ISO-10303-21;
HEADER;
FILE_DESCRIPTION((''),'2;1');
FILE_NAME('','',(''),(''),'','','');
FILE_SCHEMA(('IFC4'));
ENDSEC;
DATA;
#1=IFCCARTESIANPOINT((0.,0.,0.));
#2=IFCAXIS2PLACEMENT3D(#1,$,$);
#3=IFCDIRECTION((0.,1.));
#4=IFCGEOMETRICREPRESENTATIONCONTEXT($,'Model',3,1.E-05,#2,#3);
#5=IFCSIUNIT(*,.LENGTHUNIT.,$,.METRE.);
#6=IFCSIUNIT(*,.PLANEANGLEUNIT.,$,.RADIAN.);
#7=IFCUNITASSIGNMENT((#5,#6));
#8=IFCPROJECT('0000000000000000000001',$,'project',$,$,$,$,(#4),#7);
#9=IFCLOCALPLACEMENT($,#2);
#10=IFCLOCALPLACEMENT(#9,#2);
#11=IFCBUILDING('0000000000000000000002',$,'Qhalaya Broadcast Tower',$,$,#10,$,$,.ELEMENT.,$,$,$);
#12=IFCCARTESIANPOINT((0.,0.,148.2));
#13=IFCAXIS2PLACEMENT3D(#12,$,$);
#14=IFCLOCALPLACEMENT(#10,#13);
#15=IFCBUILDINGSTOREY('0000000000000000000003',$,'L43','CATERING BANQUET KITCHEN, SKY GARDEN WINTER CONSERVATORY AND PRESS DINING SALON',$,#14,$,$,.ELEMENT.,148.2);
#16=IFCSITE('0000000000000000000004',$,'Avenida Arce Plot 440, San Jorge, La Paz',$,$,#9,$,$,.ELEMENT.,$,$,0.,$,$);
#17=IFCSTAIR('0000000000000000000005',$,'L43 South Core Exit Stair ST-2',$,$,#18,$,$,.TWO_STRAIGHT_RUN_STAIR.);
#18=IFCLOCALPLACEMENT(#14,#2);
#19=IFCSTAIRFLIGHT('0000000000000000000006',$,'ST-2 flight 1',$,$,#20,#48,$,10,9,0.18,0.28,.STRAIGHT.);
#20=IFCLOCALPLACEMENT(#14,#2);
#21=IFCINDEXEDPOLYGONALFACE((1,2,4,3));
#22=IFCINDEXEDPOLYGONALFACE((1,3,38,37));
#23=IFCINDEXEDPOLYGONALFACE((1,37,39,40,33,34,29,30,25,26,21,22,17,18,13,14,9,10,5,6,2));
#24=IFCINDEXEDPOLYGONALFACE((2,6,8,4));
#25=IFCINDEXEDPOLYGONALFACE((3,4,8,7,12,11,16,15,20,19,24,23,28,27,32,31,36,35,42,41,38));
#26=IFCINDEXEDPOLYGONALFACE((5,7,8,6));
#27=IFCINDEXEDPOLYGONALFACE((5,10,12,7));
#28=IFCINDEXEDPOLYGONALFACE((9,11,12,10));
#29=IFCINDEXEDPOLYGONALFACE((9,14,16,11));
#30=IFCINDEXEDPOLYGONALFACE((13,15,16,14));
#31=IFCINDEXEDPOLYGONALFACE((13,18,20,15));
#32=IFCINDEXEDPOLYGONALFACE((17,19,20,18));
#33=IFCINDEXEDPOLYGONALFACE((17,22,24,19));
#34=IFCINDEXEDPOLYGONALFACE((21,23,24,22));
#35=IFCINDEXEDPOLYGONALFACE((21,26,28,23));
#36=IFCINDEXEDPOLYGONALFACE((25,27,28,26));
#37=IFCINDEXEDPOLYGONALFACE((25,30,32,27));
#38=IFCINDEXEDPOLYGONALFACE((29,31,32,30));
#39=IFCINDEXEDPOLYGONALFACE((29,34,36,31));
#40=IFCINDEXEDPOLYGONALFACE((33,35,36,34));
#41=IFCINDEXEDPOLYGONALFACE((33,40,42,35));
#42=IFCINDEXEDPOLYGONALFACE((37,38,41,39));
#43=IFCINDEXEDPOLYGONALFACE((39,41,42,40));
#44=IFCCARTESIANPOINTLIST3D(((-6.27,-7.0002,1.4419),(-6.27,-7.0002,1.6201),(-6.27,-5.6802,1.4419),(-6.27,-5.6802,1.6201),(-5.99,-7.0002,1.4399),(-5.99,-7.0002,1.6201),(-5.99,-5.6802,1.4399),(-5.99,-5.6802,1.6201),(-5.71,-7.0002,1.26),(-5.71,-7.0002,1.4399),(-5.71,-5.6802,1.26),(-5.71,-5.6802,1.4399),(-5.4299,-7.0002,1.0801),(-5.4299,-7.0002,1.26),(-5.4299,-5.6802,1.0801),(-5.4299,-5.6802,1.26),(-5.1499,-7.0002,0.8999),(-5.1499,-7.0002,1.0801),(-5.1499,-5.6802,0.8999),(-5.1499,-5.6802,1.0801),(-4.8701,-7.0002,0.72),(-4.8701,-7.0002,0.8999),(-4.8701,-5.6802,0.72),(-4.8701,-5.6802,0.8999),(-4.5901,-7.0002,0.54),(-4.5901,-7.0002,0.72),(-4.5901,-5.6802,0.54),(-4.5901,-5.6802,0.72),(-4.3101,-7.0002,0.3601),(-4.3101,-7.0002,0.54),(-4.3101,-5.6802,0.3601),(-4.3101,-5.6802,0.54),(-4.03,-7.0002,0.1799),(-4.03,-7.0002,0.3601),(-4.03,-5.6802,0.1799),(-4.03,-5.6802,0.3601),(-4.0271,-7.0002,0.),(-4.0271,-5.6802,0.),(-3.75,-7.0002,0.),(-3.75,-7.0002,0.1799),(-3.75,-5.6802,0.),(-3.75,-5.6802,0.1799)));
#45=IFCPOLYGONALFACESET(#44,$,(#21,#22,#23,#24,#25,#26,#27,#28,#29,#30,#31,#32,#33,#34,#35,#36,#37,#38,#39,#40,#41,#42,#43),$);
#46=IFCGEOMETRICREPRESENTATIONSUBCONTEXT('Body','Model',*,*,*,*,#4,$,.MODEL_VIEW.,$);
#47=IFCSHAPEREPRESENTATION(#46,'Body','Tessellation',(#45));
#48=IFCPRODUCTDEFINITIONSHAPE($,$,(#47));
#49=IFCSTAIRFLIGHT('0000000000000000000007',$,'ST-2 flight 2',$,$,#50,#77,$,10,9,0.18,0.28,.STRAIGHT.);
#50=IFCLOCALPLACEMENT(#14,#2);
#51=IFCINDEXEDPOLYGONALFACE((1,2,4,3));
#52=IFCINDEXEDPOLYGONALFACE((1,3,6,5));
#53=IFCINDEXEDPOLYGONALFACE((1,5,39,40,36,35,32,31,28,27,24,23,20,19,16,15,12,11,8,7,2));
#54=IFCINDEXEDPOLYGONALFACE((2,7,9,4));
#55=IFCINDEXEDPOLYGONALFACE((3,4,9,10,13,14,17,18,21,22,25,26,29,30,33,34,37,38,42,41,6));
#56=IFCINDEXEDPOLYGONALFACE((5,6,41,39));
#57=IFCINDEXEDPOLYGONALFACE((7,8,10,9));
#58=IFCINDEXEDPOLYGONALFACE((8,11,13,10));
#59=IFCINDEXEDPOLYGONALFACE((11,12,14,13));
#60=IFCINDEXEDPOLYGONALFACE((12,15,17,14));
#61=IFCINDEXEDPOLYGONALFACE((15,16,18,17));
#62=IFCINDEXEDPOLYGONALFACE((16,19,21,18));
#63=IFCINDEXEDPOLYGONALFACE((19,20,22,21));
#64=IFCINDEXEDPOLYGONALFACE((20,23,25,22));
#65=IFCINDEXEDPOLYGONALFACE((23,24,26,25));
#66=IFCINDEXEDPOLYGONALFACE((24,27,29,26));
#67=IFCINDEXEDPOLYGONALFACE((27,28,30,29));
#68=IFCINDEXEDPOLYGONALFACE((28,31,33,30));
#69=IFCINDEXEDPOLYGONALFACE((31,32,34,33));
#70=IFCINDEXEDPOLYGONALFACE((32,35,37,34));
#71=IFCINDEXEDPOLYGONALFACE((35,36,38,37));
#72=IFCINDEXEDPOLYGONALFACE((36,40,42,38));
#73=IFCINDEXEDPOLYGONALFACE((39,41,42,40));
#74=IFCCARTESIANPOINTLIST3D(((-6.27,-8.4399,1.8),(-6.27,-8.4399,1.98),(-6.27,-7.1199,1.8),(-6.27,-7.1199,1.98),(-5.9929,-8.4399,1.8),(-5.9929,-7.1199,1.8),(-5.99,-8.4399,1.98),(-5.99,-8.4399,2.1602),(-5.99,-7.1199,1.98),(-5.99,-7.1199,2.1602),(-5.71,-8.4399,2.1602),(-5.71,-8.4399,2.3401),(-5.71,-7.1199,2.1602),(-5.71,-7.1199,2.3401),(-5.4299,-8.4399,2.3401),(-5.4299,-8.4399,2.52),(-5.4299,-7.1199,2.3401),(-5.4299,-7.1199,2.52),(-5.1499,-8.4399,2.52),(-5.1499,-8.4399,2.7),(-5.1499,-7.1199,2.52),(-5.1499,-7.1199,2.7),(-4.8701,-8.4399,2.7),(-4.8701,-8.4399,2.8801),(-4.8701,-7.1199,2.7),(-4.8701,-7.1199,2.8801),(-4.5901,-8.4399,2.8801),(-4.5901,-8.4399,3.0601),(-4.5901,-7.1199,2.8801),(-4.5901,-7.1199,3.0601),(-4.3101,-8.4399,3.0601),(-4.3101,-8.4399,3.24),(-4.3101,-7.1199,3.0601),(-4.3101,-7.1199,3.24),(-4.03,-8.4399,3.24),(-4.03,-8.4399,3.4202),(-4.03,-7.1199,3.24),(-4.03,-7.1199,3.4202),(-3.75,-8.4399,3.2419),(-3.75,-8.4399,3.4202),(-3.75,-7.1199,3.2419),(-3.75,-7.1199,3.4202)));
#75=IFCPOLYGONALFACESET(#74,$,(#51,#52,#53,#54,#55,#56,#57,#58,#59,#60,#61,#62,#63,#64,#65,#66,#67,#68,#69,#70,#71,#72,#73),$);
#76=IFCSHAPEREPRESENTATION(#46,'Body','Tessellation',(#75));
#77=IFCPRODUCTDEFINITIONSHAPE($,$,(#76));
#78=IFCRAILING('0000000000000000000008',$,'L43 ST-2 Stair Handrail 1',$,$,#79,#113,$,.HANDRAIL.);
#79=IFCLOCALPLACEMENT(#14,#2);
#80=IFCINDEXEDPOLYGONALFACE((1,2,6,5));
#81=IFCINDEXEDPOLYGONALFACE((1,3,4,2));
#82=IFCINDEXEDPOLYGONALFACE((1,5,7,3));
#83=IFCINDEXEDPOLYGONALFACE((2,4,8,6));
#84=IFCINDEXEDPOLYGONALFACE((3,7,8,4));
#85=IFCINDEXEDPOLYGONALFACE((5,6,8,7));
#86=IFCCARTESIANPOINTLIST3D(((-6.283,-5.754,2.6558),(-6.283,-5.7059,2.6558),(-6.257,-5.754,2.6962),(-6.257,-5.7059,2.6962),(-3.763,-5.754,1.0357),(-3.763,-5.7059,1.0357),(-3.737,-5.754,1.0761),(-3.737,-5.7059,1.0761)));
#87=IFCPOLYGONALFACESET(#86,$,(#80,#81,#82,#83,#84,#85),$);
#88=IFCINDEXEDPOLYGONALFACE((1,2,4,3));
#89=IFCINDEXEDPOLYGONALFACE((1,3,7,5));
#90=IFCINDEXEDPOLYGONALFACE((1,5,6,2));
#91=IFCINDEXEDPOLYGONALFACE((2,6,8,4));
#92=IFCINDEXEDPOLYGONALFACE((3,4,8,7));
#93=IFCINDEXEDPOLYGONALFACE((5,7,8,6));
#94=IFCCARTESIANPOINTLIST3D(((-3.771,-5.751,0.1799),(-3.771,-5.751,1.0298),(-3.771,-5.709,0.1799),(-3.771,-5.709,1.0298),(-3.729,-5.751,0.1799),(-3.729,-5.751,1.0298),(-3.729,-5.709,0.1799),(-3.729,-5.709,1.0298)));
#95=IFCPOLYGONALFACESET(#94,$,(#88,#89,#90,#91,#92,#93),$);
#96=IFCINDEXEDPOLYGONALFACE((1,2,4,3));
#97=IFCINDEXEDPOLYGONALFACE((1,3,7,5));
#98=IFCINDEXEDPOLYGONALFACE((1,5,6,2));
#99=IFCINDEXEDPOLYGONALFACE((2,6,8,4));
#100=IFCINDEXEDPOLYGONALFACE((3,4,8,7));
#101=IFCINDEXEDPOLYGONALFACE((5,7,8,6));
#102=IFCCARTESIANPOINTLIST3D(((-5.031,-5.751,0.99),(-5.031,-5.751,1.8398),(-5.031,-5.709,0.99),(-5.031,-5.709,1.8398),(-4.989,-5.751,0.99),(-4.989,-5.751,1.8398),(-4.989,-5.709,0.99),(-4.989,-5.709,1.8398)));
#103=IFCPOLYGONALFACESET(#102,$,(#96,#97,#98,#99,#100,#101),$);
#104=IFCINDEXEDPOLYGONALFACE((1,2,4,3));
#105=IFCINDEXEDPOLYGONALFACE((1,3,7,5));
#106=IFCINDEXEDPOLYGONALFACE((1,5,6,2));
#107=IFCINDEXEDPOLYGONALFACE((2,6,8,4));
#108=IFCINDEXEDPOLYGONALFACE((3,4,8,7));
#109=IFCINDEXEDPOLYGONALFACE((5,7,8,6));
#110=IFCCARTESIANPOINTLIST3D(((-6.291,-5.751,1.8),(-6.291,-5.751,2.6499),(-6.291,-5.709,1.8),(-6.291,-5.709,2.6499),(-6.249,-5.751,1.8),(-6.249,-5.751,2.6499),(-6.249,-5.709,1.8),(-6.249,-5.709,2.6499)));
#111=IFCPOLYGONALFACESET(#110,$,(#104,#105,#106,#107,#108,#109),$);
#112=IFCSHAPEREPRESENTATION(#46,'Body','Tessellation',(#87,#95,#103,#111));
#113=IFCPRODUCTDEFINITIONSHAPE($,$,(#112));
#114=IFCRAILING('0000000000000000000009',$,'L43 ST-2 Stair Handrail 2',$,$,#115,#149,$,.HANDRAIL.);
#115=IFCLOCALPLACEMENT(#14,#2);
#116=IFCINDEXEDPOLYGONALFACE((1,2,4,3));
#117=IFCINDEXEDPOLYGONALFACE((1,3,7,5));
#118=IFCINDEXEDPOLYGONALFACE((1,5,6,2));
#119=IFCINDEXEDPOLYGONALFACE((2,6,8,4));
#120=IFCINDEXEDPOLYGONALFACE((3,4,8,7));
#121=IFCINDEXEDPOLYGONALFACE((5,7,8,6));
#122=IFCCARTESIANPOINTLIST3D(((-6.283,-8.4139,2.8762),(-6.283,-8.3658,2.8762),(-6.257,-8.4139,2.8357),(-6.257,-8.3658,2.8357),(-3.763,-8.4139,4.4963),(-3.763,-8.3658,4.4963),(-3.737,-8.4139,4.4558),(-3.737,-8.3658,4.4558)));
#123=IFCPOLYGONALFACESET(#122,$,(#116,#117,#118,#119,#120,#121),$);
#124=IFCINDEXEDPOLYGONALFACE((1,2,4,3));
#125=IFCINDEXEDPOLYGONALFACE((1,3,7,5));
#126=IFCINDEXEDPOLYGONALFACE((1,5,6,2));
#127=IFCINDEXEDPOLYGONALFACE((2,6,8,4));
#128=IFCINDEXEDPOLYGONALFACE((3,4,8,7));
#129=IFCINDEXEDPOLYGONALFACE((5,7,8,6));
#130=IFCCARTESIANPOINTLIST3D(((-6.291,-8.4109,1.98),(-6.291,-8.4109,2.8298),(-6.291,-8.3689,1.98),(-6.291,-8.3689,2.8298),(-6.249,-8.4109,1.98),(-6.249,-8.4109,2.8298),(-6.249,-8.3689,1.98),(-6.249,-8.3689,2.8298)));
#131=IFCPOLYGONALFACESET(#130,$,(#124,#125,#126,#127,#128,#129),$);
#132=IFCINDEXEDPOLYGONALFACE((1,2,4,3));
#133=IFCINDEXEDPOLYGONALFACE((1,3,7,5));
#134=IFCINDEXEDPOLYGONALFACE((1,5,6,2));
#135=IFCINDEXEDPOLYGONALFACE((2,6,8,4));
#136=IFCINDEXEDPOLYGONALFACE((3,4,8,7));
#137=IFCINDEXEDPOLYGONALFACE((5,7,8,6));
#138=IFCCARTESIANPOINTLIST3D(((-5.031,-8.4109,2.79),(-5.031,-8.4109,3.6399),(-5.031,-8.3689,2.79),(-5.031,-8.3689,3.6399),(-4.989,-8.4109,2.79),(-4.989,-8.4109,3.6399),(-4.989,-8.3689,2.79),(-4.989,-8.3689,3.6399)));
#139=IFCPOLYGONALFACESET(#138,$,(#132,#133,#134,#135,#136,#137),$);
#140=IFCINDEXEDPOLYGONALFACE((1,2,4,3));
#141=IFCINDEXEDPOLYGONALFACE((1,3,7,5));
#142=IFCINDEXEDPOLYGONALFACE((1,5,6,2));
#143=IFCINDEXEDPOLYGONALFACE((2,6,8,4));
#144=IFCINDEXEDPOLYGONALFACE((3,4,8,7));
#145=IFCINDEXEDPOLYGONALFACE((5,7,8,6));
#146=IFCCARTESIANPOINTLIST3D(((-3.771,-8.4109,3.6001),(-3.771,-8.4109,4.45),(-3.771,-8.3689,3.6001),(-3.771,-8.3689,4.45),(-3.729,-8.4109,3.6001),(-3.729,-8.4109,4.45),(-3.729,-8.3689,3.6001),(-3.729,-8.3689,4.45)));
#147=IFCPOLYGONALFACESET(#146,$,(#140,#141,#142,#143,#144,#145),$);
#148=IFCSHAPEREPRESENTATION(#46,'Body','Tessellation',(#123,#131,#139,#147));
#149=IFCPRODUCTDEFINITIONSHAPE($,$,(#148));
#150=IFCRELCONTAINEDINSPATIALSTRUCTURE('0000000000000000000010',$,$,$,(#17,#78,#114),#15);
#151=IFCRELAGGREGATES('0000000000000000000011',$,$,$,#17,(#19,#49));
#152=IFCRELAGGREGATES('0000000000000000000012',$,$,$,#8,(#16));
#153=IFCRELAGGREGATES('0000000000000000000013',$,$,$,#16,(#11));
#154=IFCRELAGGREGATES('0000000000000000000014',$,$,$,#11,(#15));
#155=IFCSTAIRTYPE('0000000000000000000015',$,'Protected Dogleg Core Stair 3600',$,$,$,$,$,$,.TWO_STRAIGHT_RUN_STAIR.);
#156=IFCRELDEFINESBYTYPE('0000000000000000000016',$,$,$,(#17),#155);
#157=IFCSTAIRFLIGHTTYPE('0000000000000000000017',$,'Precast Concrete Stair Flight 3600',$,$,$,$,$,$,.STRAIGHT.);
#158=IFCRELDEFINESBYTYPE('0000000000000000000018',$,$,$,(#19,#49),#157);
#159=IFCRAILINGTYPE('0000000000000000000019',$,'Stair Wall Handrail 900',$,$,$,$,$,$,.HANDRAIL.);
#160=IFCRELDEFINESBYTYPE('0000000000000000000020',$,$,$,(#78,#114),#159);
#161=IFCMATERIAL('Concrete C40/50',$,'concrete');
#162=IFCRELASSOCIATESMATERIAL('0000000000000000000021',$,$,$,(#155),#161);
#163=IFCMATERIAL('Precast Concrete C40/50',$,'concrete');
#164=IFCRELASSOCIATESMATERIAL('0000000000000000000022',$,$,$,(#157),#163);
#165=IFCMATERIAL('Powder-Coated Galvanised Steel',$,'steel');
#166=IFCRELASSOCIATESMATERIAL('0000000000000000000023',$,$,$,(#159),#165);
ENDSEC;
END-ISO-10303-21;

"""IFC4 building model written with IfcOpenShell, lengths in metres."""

from ifc_helpers import new_model, si_unit, direction, frame, origin, origin_2d, place, context, subcontext, project, spatial, polyline, rectangle, outline, extrude, material, type_object, element, aggregate, save


model = new_model("IFC4")

# Units and contexts
model_context = context("Model", 3, precision=1e-05, world=origin(), true_north=direction((0.0, 1.0)))
body_context = subcontext(model_context, "Body", "Model", "MODEL_VIEW")
ifc_project = project(units=[si_unit("LENGTHUNIT", "METRE"), si_unit("PLANEANGLEUNIT", "RADIAN")], contexts=[model_context])

# Site, building, storey
site_placement = place(None, origin())
site = spatial("IfcSite", under=ifc_project, at=site_placement, Name="Avenida Arce Plot 440, San Jorge, La Paz", CompositionType="ELEMENT", RefElevation=0.0)
building_placement = place(site_placement, origin())
building = spatial("IfcBuilding", under=site, at=building_placement, Name="Qhalaya Broadcast Tower", CompositionType="ELEMENT")
storey_placement = place(building_placement, frame((0.0, 0.0, 148.2)))
storey = spatial("IfcBuildingStorey", under=building, at=storey_placement, Name="L43", Description="CATERING BANQUET KITCHEN, SKY GARDEN WINTER CONSERVATORY AND PRESS DINING SALON", CompositionType="ELEMENT", Elevation=148.2)

# Stair, stair flights
ifc_material_1 = material(Name="Concrete C40/50", Category="concrete")
stair_type = type_object("IfcStairType", Name="Protected Dogleg Core Stair 3600", PredefinedType="TWO_STRAIGHT_RUN_STAIR", material=ifc_material_1)
stair_placement = place(storey_placement, origin())
stair = element("IfcStair", 1, at=stair_placement, inside=storey, type_object=stair_type, Name="L43 South Core Exit Stair ST-2", PredefinedType="TWO_STRAIGHT_RUN_STAIR")
ifc_material_2 = material(Name="Precast Concrete C40/50", Category="concrete")
stair_flight_type = type_object("IfcStairFlightType", Name="Precast Concrete Stair Flight 3600", PredefinedType="STRAIGHT", material=ifc_material_2)
stair_flight_1_placement = place(storey_placement, frame((-3.75, -6.3401, 0.0), z_axis=(0.0, 0.0, 1.0), x_axis=(-1.0, 0.0, 0.0)))
stair_flight_1 = element("IfcStairFlight", 2, at=stair_flight_1_placement, type_object=stair_flight_type, Name="ST-2 flight 1", NumberOfRisers=10, NumberOfTreads=9, PredefinedType="STRAIGHT", RiserHeight=0.18, TreadLength=0.28, context=body_context, shape_type="SweptSolid", body=[
    extrude(outline(polyline([(0.0, 0.0), (0.0, 0.1799), (0.28, 0.1799), (0.28, 0.3601), (0.5601, 0.3601), (0.5601, 0.54), (0.8401, 0.54), (0.8401, 0.72), (1.1201, 0.72), (1.1201, 0.8999), (1.3999, 0.8999), (1.3999, 1.0801), (1.6799, 1.0801), (1.6799, 1.26), (1.96, 1.26), (1.96, 1.4399), (2.24, 1.4399), (2.24, 1.6201), (2.52, 1.6201), (2.52, 1.8), (2.52, 1.4419), (0.2771, 0.0), (0.0, 0.0)])), frame((0.0, 0.6602, 0.0), z_axis=(0.0, -1.0, 0.0), x_axis=(1.0, 0.0, 0.0)), (0.0, 0.0, 1.0), 1.3201),
])
stair_flight_2_placement = place(storey_placement, frame((-6.27, -7.78, 1.8), z_axis=(0.0, 0.0, 1.0), x_axis=(1.0, 0.0, 0.0)))
stair_flight_2 = element("IfcStairFlight", 3, at=stair_flight_2_placement, type_object=stair_flight_type, Name="ST-2 flight 2", NumberOfRisers=10, NumberOfTreads=9, PredefinedType="STRAIGHT", RiserHeight=0.18, TreadLength=0.28, context=body_context, shape_type="SweptSolid", body=[
    extrude(outline(polyline([(0.0, 0.0), (0.0, 0.1799), (0.28, 0.1799), (0.28, 0.3601), (0.5601, 0.3601), (0.5601, 0.54), (0.8401, 0.54), (0.8401, 0.72), (1.1201, 0.72), (1.1201, 0.8999), (1.3999, 0.8999), (1.3999, 1.0801), (1.6799, 1.0801), (1.6799, 1.26), (1.96, 1.26), (1.96, 1.4399), (2.24, 1.4399), (2.24, 1.6201), (2.52, 1.6201), (2.52, 1.8), (2.52, 1.4419), (0.2771, 0.0), (0.0, 0.0)])), frame((0.0, 0.6602, 0.0), z_axis=(0.0, -1.0, 0.0), x_axis=(1.0, 0.0, 0.0)), (0.0, 0.0, 1.0), 1.3201),
])
aggregate(stair, [stair_flight_1, stair_flight_2])

# Railings
ifc_material_3 = material(Name="Powder-Coated Galvanised Steel", Category="steel")
railing_type_1 = type_object("IfcRailingType", Name="Stair Wall Handrail 900", PredefinedType="HANDRAIL", material=ifc_material_3)
railing_1_placement = place(storey_placement, frame((-3.75, -5.73, 0.1799)))
element("IfcRailing", 4, at=railing_1_placement, inside=storey, type_object=railing_type_1, Name="L43 ST-2 Stair Handrail 1", PredefinedType="HANDRAIL", context=body_context, shape_type="SweptSolid", body=[
    extrude(rectangle(XDim=0.0481, YDim=0.0481, at=origin_2d()), frame((0.0, 0.0, 0.876), z_axis=(-0.841163, 0.0, 0.540782), x_axis=(0.0, -1.0, 0.0)), (0.0, 0.0, 1.0), 2.9958),
    extrude(rectangle(XDim=0.042, YDim=0.042, at=origin_2d()), origin(), (0.0, 0.0, 1.0), 0.8499),
    extrude(rectangle(XDim=0.042, YDim=0.042, at=origin_2d()), frame((-1.26, 0.0, 0.8101)), (0.0, 0.0, 1.0), 0.8499),
    extrude(rectangle(XDim=0.042, YDim=0.042, at=origin_2d()), frame((-2.52, 0.0, 1.6201)), (0.0, 0.0, 1.0), 0.8499),
])
railing_2_placement = place(storey_placement, frame((-6.27, -8.3899, 1.98)))
element("IfcRailing", 5, at=railing_2_placement, inside=storey, type_object=railing_type_1, Name="L43 ST-2 Stair Handrail 2", PredefinedType="HANDRAIL", context=body_context, shape_type="SweptSolid", body=[
    extrude(rectangle(XDim=0.0481, YDim=0.0481, at=origin_2d()), frame((0.0, 0.0, 0.876), z_axis=(0.841163, 0.0, 0.540782), x_axis=(0.0, 1.0, 0.0)), (0.0, 0.0, 1.0), 2.9958),
    extrude(rectangle(XDim=0.042, YDim=0.042, at=origin_2d()), origin(), (0.0, 0.0, 1.0), 0.8499),
    extrude(rectangle(XDim=0.042, YDim=0.042, at=origin_2d()), frame((1.26, 0.0, 0.8101)), (0.0, 0.0, 1.0), 0.8499),
    extrude(rectangle(XDim=0.042, YDim=0.042, at=origin_2d()), frame((2.52, 0.0, 1.6201)), (0.0, 0.0, 1.0), 0.8499),
])

save(model, "model.ifc")
